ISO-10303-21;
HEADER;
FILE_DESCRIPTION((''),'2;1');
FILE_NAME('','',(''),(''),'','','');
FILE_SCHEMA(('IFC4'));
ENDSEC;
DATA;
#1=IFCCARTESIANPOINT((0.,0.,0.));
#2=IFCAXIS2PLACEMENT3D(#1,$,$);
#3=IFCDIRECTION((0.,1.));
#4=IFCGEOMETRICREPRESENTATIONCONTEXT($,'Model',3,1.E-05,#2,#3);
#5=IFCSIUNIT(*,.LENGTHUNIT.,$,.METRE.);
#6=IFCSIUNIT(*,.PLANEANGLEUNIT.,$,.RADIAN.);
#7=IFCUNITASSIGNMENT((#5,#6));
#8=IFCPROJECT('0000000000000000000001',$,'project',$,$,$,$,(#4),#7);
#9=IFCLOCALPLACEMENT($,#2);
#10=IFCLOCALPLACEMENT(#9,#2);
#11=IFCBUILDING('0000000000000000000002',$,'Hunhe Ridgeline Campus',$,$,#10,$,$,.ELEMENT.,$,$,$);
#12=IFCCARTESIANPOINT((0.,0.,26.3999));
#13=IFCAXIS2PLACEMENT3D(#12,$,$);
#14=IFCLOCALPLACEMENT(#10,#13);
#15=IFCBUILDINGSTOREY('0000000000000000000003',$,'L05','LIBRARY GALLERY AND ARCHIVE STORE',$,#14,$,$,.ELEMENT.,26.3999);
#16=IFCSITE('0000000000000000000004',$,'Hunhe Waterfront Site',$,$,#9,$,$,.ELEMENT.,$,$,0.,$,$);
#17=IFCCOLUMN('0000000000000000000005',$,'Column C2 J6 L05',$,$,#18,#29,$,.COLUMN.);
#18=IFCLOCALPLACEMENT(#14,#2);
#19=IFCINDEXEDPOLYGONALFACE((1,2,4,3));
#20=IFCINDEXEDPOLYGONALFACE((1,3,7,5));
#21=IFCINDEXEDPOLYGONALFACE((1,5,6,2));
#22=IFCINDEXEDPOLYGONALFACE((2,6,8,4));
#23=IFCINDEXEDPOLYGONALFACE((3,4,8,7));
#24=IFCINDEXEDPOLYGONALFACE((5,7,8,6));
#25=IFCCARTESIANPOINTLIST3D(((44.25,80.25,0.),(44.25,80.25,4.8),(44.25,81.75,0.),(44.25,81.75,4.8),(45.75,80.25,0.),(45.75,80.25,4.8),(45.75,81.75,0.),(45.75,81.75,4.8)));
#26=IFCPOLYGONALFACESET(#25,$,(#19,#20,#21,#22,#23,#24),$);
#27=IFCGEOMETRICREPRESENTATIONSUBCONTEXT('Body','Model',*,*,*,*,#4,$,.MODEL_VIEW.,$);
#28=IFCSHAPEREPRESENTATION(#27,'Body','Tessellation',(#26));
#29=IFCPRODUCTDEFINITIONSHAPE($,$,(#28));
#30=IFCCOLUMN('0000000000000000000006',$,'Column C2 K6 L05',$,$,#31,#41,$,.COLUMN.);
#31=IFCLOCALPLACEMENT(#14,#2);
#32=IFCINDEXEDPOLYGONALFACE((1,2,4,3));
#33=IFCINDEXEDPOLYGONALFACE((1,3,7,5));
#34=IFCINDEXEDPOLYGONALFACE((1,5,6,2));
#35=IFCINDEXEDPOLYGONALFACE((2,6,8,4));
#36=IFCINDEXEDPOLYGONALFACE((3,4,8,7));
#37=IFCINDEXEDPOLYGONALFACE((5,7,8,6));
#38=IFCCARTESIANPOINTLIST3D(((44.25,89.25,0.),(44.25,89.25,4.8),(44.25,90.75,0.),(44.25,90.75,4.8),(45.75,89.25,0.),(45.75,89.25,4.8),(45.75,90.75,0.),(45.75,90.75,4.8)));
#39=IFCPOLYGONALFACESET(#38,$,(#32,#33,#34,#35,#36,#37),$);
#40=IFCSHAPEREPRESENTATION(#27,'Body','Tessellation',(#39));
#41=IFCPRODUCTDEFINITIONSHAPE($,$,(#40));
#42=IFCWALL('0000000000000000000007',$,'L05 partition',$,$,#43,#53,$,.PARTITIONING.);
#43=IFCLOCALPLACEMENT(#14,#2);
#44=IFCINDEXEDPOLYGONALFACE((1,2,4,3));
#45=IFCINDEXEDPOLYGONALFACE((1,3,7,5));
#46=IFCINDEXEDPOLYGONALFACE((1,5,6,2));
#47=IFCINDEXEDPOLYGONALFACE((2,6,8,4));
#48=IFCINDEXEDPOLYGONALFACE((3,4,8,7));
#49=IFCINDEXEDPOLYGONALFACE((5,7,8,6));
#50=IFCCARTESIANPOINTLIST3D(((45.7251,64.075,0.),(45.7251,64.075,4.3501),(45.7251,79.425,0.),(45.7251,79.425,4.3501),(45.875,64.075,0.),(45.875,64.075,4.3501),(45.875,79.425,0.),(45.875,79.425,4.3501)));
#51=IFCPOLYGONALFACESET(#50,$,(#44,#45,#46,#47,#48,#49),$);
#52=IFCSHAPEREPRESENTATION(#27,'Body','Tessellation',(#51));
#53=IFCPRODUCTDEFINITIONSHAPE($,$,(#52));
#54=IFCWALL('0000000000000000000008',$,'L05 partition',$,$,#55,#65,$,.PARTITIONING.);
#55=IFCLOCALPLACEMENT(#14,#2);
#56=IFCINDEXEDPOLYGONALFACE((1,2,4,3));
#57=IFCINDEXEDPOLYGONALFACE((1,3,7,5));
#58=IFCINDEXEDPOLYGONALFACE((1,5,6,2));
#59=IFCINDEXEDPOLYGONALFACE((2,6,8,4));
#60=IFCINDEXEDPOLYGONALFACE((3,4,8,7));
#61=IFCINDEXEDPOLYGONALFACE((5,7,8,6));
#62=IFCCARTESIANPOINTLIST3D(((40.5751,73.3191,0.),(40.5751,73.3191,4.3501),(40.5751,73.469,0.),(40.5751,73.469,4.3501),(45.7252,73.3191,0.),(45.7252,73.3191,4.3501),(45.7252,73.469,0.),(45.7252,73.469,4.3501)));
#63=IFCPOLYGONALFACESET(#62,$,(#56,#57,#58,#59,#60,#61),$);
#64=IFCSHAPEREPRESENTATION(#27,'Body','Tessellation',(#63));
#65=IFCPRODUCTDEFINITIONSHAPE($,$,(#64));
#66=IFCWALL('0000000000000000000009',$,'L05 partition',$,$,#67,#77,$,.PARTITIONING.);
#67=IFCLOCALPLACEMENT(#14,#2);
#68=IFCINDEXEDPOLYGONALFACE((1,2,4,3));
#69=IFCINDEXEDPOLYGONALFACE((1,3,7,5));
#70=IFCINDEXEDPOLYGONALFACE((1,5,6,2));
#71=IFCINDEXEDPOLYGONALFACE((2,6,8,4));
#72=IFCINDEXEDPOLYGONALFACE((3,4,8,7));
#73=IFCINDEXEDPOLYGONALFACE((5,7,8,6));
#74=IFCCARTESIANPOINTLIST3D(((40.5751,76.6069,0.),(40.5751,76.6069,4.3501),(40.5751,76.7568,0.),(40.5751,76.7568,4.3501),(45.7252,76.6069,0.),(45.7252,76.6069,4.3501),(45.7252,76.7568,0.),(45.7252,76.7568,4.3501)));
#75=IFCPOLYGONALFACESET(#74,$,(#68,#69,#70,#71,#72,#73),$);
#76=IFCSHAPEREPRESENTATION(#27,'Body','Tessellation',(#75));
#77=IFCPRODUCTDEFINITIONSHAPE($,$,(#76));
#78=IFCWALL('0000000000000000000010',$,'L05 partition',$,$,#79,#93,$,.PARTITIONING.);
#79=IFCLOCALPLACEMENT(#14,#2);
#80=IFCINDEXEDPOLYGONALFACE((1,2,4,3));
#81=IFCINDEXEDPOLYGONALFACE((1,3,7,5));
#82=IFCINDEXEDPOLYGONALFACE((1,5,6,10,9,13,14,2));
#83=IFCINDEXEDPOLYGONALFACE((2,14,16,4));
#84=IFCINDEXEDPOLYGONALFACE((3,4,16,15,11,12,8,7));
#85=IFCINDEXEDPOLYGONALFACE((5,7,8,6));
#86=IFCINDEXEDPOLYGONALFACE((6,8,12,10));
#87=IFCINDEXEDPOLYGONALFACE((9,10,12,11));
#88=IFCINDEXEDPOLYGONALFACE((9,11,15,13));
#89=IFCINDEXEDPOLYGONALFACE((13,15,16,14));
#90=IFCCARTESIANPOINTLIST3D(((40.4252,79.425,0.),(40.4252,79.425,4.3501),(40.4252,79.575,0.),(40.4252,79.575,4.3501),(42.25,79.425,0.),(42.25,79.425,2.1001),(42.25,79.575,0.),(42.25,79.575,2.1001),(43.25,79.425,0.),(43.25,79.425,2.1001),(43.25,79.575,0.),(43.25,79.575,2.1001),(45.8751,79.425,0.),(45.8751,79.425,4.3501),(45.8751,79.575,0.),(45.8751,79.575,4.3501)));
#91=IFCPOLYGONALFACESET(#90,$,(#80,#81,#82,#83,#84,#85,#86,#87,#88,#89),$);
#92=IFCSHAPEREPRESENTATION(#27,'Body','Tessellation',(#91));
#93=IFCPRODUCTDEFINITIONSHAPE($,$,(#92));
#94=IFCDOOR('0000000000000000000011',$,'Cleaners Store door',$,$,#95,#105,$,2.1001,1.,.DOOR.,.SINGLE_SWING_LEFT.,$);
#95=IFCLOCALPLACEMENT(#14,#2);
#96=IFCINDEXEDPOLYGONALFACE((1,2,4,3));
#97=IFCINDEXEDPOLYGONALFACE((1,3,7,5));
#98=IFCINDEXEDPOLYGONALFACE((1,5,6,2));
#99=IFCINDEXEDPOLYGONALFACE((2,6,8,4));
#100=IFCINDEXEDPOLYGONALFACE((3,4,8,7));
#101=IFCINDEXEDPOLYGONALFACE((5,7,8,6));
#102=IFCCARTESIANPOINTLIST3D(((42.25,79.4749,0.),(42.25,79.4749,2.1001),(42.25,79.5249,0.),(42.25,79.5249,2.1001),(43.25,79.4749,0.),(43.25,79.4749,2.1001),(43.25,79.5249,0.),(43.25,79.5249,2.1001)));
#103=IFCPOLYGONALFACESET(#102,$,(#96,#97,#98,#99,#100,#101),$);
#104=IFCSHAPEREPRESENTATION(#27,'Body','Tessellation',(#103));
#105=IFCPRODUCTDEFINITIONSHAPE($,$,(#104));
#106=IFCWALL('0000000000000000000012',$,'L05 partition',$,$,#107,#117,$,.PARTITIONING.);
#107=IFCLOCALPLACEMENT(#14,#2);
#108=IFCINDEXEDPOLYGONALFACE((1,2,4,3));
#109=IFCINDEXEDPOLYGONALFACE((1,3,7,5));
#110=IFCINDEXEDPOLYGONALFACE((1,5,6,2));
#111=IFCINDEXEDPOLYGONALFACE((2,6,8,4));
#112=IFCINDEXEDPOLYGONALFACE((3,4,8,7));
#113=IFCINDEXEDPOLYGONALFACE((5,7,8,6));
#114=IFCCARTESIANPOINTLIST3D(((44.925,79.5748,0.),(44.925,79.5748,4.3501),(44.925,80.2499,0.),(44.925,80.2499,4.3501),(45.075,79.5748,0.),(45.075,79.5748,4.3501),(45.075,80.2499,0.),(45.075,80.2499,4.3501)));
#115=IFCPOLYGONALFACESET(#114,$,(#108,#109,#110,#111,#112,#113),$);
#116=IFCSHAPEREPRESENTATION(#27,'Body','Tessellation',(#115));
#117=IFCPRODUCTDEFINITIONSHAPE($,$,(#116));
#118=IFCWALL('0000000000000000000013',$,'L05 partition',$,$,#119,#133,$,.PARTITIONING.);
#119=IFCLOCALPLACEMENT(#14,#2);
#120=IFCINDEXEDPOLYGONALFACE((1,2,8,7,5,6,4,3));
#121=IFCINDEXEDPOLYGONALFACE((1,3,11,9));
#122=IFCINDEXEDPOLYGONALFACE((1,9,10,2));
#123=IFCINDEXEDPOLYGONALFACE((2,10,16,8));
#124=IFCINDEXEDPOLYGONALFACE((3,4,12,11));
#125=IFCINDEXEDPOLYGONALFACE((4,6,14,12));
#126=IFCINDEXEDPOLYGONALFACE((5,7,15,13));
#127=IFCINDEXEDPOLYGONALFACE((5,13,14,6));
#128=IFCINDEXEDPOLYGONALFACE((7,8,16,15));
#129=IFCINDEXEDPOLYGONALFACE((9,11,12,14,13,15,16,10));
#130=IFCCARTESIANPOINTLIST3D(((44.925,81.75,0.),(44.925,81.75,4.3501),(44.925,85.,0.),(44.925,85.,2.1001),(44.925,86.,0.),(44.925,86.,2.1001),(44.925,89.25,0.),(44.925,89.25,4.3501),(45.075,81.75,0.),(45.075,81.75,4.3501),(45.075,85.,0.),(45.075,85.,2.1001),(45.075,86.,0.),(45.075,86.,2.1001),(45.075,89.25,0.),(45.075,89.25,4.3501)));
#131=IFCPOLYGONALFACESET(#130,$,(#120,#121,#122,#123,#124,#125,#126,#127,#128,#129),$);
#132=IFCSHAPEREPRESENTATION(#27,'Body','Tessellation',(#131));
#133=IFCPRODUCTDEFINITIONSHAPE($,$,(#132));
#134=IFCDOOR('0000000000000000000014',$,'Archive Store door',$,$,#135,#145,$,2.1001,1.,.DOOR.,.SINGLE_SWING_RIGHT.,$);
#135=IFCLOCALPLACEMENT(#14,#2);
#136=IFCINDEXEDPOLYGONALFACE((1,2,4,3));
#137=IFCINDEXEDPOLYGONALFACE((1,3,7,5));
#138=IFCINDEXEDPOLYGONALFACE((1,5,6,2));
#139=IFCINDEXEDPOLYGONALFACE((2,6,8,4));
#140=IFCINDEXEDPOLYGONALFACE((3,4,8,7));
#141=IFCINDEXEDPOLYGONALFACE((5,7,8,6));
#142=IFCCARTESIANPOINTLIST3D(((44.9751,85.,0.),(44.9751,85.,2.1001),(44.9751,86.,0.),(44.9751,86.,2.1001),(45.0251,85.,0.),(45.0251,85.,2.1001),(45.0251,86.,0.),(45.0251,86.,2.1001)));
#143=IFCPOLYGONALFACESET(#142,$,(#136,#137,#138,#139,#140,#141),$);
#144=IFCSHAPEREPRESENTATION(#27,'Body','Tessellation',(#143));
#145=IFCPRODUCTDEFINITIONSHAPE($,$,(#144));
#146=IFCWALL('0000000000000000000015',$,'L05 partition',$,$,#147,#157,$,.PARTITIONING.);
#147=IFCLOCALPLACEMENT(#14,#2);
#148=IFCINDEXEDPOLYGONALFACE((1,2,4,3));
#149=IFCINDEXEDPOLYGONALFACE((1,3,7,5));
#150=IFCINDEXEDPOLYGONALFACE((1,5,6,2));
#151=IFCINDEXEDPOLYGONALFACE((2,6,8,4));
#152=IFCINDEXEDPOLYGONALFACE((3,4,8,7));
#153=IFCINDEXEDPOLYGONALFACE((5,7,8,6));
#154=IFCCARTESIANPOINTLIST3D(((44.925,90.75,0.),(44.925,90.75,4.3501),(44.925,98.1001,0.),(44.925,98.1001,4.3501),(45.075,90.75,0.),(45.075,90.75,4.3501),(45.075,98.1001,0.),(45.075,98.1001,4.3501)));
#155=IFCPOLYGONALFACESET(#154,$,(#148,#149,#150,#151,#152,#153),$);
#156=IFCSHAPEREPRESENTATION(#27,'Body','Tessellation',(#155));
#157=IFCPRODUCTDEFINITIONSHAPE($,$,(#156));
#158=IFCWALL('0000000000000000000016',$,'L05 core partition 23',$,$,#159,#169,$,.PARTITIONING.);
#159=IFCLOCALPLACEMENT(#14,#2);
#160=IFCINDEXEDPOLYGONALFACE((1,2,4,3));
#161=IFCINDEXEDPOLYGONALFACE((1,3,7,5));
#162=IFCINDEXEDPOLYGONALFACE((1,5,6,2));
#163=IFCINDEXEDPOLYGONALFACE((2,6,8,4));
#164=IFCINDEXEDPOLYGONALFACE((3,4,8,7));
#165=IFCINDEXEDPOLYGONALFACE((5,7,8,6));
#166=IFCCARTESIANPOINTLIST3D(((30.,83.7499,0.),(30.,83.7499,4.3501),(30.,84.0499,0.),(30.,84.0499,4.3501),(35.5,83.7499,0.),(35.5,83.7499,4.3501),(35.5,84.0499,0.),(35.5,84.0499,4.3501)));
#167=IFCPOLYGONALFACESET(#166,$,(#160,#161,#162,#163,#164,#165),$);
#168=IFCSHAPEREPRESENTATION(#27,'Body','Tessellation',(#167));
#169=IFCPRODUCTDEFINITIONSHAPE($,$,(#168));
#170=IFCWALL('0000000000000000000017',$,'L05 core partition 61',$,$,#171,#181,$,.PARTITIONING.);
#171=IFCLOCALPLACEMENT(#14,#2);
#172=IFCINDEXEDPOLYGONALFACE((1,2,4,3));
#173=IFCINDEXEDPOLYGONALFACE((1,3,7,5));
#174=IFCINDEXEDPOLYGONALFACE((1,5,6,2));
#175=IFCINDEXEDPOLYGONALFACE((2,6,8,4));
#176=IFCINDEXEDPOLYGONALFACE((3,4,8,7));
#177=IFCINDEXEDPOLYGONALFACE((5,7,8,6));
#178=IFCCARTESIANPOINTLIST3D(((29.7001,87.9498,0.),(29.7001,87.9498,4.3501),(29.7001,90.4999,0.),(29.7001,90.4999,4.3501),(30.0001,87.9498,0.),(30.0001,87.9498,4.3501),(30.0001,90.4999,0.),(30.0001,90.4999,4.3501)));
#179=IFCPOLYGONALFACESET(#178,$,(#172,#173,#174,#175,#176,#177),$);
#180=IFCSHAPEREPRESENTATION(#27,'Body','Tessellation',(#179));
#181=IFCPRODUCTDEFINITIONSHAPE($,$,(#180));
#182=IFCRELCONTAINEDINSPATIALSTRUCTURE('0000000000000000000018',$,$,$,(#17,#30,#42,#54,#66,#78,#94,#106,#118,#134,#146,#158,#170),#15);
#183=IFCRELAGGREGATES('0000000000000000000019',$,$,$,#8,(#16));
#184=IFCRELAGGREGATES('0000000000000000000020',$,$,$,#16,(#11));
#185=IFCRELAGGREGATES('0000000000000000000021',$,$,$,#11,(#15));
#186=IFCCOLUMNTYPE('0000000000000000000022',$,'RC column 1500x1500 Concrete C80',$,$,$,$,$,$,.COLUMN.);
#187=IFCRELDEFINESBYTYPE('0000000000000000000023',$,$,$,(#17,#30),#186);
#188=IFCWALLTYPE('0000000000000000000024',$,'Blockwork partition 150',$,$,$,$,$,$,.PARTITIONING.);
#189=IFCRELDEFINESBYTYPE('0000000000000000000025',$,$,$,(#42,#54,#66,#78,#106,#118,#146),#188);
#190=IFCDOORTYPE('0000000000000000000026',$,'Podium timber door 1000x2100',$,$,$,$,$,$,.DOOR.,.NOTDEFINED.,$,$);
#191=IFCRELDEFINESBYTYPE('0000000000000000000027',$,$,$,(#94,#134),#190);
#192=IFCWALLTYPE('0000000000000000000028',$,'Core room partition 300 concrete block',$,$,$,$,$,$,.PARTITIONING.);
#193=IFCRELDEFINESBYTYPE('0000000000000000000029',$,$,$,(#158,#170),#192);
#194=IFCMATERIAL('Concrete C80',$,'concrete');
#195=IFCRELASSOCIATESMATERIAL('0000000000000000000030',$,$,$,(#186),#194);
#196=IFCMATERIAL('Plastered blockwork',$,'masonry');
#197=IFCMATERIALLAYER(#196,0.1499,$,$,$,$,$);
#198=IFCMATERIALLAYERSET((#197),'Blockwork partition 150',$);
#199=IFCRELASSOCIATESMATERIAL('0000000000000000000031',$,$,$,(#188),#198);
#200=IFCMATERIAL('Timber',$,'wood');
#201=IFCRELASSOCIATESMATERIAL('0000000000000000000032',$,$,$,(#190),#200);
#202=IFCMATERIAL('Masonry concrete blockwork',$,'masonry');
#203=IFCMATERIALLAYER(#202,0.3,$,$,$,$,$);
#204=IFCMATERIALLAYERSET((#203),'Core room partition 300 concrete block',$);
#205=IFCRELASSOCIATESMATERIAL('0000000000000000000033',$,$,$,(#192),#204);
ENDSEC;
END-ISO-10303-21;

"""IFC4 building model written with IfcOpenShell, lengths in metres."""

from ifc_helpers import new_model, si_unit, direction, frame, frame_2d, origin, origin_2d, place, context, subcontext, project, spatial, rectangle, extrude, material, layer, layer_set, material_profile, profile_set, type_object, element, fill, save


model = new_model("IFC4")

# Units and contexts
model_context = context("Model", 3, precision=1e-05, world=origin(), true_north=direction((0.0, 1.0)))
body_context = subcontext(model_context, "Body", "Model", "MODEL_VIEW")
ifc_project = project(units=[si_unit("LENGTHUNIT", "METRE"), si_unit("PLANEANGLEUNIT", "RADIAN")], contexts=[model_context])

# Site, building, storey
site_placement = place(None, origin())
site = spatial("IfcSite", under=ifc_project, at=site_placement, Name="Hunhe Waterfront Site", CompositionType="ELEMENT", RefElevation=0.0)
building_placement = place(site_placement, origin())
building = spatial("IfcBuilding", under=site, at=building_placement, Name="Hunhe Ridgeline Campus", CompositionType="ELEMENT")
storey_placement = place(building_placement, frame((0.0, 0.0, 26.3999)))
storey = spatial("IfcBuildingStorey", under=building, at=storey_placement, Name="L05", Description="LIBRARY GALLERY AND ARCHIVE STORE", CompositionType="ELEMENT", Elevation=26.3999)

# Columns
ifc_material_1 = material(Name="Concrete C80", Category="concrete")
ifc_material_profile = material_profile(ifc_material_1, rectangle(XDim=1.5, YDim=1.5, at=origin_2d()))
ifc_profile_set = profile_set([ifc_material_profile], Name="Concrete C80")
column_type = type_object("IfcColumnType", Name="RC column 1500x1500 Concrete C80", PredefinedType="COLUMN", material=ifc_profile_set)
for number, where, z_axis, x_axis, name in (
    (1, (45.0, 81.0, 0.0), (0.0, 0.0, 1.0), (1.0, 0.0, 0.0), "Column C2 J6 L05"),
    (2, (45.0, 90.0, 0.0), (0.0, 0.0, 1.0), (1.0, 0.0, 0.0), "Column C2 K6 L05"),
):
    element("IfcColumn", number, at=place(storey_placement, frame(where, z_axis=z_axis, x_axis=x_axis)), inside=storey, type_object=column_type, Name=name, PredefinedType="COLUMN", context=body_context, shape_type="SweptSolid", body=[
        extrude(rectangle(XDim=1.5, YDim=1.5, at=origin_2d()), origin(), (0.0, 0.0, 1.0), 4.8),
    ])

# Walls
ifc_material_2 = material(Name="Plastered blockwork", Category="masonry")
ifc_layer_1 = layer(ifc_material_2, 0.1499)
ifc_layer_set_1 = layer_set([ifc_layer_1], Name="Blockwork partition 150")
wall_type_1 = type_object("IfcWallType", Name="Blockwork partition 150", PredefinedType="PARTITIONING", material=ifc_layer_set_1)
wall_1_placement = place(storey_placement, frame((45.8, 79.425, 0.0), z_axis=(0.0, 0.0, 1.0), x_axis=(0.0, -1.0, 0.0)))
element("IfcWall", 3, at=wall_1_placement, inside=storey, type_object=wall_type_1, Name="L05 partition", PredefinedType="PARTITIONING", context=body_context, shape_type="SweptSolid", body=[
    extrude(rectangle(XDim=15.3501, YDim=0.1499, at=frame_2d((7.675, 0.0))), origin(), (0.0, 0.0, 1.0), 4.3501),
])
for number, where, z_axis, x_axis, name in (
    (4, (40.575, 73.394, 0.0), (0.0, 0.0, 1.0), (1.0, 0.0, 0.0), "L05 partition"),
    (5, (40.575, 76.6819, 0.0), (0.0, 0.0, 1.0), (1.0, 0.0, 0.0), "L05 partition"),
):
    element("IfcWall", number, at=place(storey_placement, frame(where, z_axis=z_axis, x_axis=x_axis)), inside=storey, type_object=wall_type_1, Name=name, PredefinedType="PARTITIONING", context=body_context, shape_type="SweptSolid", body=[
        extrude(rectangle(XDim=5.1501, YDim=0.1499, at=frame_2d((2.5752, 0.0))), origin(), (0.0, 0.0, 1.0), 4.3501),
    ])

# Wall, opening, door
wall_2_placement = place(storey_placement, frame((40.425, 79.5, 0.0), z_axis=(0.0, 0.0, 1.0), x_axis=(1.0, 0.0, 0.0)))
wall_2 = element("IfcWall", 6, at=wall_2_placement, inside=storey, type_object=wall_type_1, Name="L05 partition", PredefinedType="PARTITIONING", context=body_context, shape_type="SweptSolid", body=[
    extrude(rectangle(XDim=5.45, YDim=0.1499, at=frame_2d((2.7251, 0.0))), origin(), (0.0, 0.0, 1.0), 4.3501),
])
opening_1_placement = place(wall_2_placement, frame((1.825, 0.0, 0.0)))
opening_1 = element("IfcOpeningElement", 7, at=opening_1_placement, cuts=wall_2, PredefinedType="OPENING", context=body_context, shape_type="SweptSolid", body=[
    extrude(rectangle(XDim=1.0, YDim=2.1001, at=frame_2d((0.5, 1.05))), frame((0.0, 0.075, 0.0), z_axis=(0.0, -1.0, 0.0), x_axis=(1.0, 0.0, 0.0)), (0.0, 0.0, 1.0), 0.1499),
])
ifc_material_3 = material(Name="Timber", Category="wood")
door_type_1 = type_object("IfcDoorType", Name="Podium timber door 1000x2100", OperationType="NOTDEFINED", PredefinedType="DOOR", material=ifc_material_3)
door_1_placement = place(opening_1_placement, origin())
door_1 = element("IfcDoor", 8, at=door_1_placement, inside=storey, type_object=door_type_1, Name="Cleaners Store door", OperationType="SINGLE_SWING_LEFT", OverallHeight=2.1001, OverallWidth=1.0, PredefinedType="DOOR", context=body_context, shape_type="SweptSolid", body=[
    extrude(rectangle(XDim=1.0, YDim=2.1001, at=frame_2d((0.5, 1.05))), frame((0.0, 0.0249, 0.0), z_axis=(0.0, -1.0, 0.0), x_axis=(1.0, 0.0, 0.0)), (0.0, 0.0, 1.0), 0.05),
])
fill(opening_1, door_1)

# Wall
wall_3_placement = place(storey_placement, frame((45.0, 79.575, 0.0), z_axis=(0.0, 0.0, 1.0), x_axis=(0.0, 1.0, 0.0)))
element("IfcWall", 9, at=wall_3_placement, inside=storey, type_object=wall_type_1, Name="L05 partition", PredefinedType="PARTITIONING", context=body_context, shape_type="SweptSolid", body=[
    extrude(rectangle(XDim=0.675, YDim=0.1499, at=frame_2d((0.3374, 0.0))), origin(), (0.0, 0.0, 1.0), 4.3501),
])

# Wall, opening, door
wall_4_placement = place(storey_placement, frame((45.0, 81.75, 0.0), z_axis=(0.0, 0.0, 1.0), x_axis=(0.0, 1.0, 0.0)))
wall_4 = element("IfcWall", 10, at=wall_4_placement, inside=storey, type_object=wall_type_1, Name="L05 partition", PredefinedType="PARTITIONING", context=body_context, shape_type="SweptSolid", body=[
    extrude(rectangle(XDim=7.5, YDim=0.1499, at=frame_2d((3.75, 0.0))), origin(), (0.0, 0.0, 1.0), 4.3501),
])
opening_2_placement = place(wall_4_placement, frame((3.25, 0.0, 0.0)))
opening_2 = element("IfcOpeningElement", 11, at=opening_2_placement, cuts=wall_4, PredefinedType="OPENING", context=body_context, shape_type="SweptSolid", body=[
    extrude(rectangle(XDim=1.0, YDim=2.1001, at=frame_2d((0.5, 1.05))), frame((0.0, 0.075, 0.0), z_axis=(0.0, -1.0, 0.0), x_axis=(1.0, 0.0, 0.0)), (0.0, 0.0, 1.0), 0.1499),
])
door_2_placement = place(opening_2_placement, origin())
door_2 = element("IfcDoor", 12, at=door_2_placement, inside=storey, type_object=door_type_1, Name="Archive Store door", OperationType="SINGLE_SWING_RIGHT", OverallHeight=2.1001, OverallWidth=1.0, PredefinedType="DOOR", context=body_context, shape_type="SweptSolid", body=[
    extrude(rectangle(XDim=1.0, YDim=2.1001, at=frame_2d((0.5, 1.05))), frame((0.0, 0.0249, 0.0), z_axis=(0.0, -1.0, 0.0), x_axis=(1.0, 0.0, 0.0)), (0.0, 0.0, 1.0), 0.05),
])
fill(opening_2, door_2)

# Wall
wall_5_placement = place(storey_placement, frame((45.0, 90.75, 0.0), z_axis=(0.0, 0.0, 1.0), x_axis=(0.0, 1.0, 0.0)))
element("IfcWall", 13, at=wall_5_placement, inside=storey, type_object=wall_type_1, Name="L05 partition", PredefinedType="PARTITIONING", context=body_context, shape_type="SweptSolid", body=[
    extrude(rectangle(XDim=7.3501, YDim=0.1499, at=frame_2d((3.675, 0.0))), origin(), (0.0, 0.0, 1.0), 4.3501),
])

# Shared definitions
ifc_material_4 = material(Name="Masonry concrete blockwork", Category="masonry")
ifc_layer_2 = layer(ifc_material_4, 0.3)
ifc_layer_set_2 = layer_set([ifc_layer_2], Name="Core room partition 300 concrete block")
wall_type_2 = type_object("IfcWallType", Name="Core room partition 300 concrete block", PredefinedType="PARTITIONING", material=ifc_layer_set_2)

# Walls
wall_6_placement = place(storey_placement, frame((30.0, 83.8999, 0.0), z_axis=(0.0, 0.0, 1.0), x_axis=(1.0, 0.0, 0.0)))
element("IfcWall", 14, at=wall_6_placement, inside=storey, type_object=wall_type_2, Name="L05 core partition 23", PredefinedType="PARTITIONING", context=body_context, shape_type="SweptSolid", body=[
    extrude(rectangle(XDim=5.5, YDim=0.3, at=frame_2d((2.75, 0.0))), origin(), (0.0, 0.0, 1.0), 4.3501),
])
wall_7_placement = place(storey_placement, frame((29.8501, 87.95, 0.0), z_axis=(0.0, 0.0, 1.0), x_axis=(0.0, 1.0, 0.0)))
element("IfcWall", 15, at=wall_7_placement, inside=storey, type_object=wall_type_2, Name="L05 core partition 61", PredefinedType="PARTITIONING", context=body_context, shape_type="SweptSolid", body=[
    extrude(rectangle(XDim=2.55, YDim=0.3, at=frame_2d((1.2749, 0.0))), origin(), (0.0, 0.0, 1.0), 4.3501),
])

save(model, "model.ifc")
